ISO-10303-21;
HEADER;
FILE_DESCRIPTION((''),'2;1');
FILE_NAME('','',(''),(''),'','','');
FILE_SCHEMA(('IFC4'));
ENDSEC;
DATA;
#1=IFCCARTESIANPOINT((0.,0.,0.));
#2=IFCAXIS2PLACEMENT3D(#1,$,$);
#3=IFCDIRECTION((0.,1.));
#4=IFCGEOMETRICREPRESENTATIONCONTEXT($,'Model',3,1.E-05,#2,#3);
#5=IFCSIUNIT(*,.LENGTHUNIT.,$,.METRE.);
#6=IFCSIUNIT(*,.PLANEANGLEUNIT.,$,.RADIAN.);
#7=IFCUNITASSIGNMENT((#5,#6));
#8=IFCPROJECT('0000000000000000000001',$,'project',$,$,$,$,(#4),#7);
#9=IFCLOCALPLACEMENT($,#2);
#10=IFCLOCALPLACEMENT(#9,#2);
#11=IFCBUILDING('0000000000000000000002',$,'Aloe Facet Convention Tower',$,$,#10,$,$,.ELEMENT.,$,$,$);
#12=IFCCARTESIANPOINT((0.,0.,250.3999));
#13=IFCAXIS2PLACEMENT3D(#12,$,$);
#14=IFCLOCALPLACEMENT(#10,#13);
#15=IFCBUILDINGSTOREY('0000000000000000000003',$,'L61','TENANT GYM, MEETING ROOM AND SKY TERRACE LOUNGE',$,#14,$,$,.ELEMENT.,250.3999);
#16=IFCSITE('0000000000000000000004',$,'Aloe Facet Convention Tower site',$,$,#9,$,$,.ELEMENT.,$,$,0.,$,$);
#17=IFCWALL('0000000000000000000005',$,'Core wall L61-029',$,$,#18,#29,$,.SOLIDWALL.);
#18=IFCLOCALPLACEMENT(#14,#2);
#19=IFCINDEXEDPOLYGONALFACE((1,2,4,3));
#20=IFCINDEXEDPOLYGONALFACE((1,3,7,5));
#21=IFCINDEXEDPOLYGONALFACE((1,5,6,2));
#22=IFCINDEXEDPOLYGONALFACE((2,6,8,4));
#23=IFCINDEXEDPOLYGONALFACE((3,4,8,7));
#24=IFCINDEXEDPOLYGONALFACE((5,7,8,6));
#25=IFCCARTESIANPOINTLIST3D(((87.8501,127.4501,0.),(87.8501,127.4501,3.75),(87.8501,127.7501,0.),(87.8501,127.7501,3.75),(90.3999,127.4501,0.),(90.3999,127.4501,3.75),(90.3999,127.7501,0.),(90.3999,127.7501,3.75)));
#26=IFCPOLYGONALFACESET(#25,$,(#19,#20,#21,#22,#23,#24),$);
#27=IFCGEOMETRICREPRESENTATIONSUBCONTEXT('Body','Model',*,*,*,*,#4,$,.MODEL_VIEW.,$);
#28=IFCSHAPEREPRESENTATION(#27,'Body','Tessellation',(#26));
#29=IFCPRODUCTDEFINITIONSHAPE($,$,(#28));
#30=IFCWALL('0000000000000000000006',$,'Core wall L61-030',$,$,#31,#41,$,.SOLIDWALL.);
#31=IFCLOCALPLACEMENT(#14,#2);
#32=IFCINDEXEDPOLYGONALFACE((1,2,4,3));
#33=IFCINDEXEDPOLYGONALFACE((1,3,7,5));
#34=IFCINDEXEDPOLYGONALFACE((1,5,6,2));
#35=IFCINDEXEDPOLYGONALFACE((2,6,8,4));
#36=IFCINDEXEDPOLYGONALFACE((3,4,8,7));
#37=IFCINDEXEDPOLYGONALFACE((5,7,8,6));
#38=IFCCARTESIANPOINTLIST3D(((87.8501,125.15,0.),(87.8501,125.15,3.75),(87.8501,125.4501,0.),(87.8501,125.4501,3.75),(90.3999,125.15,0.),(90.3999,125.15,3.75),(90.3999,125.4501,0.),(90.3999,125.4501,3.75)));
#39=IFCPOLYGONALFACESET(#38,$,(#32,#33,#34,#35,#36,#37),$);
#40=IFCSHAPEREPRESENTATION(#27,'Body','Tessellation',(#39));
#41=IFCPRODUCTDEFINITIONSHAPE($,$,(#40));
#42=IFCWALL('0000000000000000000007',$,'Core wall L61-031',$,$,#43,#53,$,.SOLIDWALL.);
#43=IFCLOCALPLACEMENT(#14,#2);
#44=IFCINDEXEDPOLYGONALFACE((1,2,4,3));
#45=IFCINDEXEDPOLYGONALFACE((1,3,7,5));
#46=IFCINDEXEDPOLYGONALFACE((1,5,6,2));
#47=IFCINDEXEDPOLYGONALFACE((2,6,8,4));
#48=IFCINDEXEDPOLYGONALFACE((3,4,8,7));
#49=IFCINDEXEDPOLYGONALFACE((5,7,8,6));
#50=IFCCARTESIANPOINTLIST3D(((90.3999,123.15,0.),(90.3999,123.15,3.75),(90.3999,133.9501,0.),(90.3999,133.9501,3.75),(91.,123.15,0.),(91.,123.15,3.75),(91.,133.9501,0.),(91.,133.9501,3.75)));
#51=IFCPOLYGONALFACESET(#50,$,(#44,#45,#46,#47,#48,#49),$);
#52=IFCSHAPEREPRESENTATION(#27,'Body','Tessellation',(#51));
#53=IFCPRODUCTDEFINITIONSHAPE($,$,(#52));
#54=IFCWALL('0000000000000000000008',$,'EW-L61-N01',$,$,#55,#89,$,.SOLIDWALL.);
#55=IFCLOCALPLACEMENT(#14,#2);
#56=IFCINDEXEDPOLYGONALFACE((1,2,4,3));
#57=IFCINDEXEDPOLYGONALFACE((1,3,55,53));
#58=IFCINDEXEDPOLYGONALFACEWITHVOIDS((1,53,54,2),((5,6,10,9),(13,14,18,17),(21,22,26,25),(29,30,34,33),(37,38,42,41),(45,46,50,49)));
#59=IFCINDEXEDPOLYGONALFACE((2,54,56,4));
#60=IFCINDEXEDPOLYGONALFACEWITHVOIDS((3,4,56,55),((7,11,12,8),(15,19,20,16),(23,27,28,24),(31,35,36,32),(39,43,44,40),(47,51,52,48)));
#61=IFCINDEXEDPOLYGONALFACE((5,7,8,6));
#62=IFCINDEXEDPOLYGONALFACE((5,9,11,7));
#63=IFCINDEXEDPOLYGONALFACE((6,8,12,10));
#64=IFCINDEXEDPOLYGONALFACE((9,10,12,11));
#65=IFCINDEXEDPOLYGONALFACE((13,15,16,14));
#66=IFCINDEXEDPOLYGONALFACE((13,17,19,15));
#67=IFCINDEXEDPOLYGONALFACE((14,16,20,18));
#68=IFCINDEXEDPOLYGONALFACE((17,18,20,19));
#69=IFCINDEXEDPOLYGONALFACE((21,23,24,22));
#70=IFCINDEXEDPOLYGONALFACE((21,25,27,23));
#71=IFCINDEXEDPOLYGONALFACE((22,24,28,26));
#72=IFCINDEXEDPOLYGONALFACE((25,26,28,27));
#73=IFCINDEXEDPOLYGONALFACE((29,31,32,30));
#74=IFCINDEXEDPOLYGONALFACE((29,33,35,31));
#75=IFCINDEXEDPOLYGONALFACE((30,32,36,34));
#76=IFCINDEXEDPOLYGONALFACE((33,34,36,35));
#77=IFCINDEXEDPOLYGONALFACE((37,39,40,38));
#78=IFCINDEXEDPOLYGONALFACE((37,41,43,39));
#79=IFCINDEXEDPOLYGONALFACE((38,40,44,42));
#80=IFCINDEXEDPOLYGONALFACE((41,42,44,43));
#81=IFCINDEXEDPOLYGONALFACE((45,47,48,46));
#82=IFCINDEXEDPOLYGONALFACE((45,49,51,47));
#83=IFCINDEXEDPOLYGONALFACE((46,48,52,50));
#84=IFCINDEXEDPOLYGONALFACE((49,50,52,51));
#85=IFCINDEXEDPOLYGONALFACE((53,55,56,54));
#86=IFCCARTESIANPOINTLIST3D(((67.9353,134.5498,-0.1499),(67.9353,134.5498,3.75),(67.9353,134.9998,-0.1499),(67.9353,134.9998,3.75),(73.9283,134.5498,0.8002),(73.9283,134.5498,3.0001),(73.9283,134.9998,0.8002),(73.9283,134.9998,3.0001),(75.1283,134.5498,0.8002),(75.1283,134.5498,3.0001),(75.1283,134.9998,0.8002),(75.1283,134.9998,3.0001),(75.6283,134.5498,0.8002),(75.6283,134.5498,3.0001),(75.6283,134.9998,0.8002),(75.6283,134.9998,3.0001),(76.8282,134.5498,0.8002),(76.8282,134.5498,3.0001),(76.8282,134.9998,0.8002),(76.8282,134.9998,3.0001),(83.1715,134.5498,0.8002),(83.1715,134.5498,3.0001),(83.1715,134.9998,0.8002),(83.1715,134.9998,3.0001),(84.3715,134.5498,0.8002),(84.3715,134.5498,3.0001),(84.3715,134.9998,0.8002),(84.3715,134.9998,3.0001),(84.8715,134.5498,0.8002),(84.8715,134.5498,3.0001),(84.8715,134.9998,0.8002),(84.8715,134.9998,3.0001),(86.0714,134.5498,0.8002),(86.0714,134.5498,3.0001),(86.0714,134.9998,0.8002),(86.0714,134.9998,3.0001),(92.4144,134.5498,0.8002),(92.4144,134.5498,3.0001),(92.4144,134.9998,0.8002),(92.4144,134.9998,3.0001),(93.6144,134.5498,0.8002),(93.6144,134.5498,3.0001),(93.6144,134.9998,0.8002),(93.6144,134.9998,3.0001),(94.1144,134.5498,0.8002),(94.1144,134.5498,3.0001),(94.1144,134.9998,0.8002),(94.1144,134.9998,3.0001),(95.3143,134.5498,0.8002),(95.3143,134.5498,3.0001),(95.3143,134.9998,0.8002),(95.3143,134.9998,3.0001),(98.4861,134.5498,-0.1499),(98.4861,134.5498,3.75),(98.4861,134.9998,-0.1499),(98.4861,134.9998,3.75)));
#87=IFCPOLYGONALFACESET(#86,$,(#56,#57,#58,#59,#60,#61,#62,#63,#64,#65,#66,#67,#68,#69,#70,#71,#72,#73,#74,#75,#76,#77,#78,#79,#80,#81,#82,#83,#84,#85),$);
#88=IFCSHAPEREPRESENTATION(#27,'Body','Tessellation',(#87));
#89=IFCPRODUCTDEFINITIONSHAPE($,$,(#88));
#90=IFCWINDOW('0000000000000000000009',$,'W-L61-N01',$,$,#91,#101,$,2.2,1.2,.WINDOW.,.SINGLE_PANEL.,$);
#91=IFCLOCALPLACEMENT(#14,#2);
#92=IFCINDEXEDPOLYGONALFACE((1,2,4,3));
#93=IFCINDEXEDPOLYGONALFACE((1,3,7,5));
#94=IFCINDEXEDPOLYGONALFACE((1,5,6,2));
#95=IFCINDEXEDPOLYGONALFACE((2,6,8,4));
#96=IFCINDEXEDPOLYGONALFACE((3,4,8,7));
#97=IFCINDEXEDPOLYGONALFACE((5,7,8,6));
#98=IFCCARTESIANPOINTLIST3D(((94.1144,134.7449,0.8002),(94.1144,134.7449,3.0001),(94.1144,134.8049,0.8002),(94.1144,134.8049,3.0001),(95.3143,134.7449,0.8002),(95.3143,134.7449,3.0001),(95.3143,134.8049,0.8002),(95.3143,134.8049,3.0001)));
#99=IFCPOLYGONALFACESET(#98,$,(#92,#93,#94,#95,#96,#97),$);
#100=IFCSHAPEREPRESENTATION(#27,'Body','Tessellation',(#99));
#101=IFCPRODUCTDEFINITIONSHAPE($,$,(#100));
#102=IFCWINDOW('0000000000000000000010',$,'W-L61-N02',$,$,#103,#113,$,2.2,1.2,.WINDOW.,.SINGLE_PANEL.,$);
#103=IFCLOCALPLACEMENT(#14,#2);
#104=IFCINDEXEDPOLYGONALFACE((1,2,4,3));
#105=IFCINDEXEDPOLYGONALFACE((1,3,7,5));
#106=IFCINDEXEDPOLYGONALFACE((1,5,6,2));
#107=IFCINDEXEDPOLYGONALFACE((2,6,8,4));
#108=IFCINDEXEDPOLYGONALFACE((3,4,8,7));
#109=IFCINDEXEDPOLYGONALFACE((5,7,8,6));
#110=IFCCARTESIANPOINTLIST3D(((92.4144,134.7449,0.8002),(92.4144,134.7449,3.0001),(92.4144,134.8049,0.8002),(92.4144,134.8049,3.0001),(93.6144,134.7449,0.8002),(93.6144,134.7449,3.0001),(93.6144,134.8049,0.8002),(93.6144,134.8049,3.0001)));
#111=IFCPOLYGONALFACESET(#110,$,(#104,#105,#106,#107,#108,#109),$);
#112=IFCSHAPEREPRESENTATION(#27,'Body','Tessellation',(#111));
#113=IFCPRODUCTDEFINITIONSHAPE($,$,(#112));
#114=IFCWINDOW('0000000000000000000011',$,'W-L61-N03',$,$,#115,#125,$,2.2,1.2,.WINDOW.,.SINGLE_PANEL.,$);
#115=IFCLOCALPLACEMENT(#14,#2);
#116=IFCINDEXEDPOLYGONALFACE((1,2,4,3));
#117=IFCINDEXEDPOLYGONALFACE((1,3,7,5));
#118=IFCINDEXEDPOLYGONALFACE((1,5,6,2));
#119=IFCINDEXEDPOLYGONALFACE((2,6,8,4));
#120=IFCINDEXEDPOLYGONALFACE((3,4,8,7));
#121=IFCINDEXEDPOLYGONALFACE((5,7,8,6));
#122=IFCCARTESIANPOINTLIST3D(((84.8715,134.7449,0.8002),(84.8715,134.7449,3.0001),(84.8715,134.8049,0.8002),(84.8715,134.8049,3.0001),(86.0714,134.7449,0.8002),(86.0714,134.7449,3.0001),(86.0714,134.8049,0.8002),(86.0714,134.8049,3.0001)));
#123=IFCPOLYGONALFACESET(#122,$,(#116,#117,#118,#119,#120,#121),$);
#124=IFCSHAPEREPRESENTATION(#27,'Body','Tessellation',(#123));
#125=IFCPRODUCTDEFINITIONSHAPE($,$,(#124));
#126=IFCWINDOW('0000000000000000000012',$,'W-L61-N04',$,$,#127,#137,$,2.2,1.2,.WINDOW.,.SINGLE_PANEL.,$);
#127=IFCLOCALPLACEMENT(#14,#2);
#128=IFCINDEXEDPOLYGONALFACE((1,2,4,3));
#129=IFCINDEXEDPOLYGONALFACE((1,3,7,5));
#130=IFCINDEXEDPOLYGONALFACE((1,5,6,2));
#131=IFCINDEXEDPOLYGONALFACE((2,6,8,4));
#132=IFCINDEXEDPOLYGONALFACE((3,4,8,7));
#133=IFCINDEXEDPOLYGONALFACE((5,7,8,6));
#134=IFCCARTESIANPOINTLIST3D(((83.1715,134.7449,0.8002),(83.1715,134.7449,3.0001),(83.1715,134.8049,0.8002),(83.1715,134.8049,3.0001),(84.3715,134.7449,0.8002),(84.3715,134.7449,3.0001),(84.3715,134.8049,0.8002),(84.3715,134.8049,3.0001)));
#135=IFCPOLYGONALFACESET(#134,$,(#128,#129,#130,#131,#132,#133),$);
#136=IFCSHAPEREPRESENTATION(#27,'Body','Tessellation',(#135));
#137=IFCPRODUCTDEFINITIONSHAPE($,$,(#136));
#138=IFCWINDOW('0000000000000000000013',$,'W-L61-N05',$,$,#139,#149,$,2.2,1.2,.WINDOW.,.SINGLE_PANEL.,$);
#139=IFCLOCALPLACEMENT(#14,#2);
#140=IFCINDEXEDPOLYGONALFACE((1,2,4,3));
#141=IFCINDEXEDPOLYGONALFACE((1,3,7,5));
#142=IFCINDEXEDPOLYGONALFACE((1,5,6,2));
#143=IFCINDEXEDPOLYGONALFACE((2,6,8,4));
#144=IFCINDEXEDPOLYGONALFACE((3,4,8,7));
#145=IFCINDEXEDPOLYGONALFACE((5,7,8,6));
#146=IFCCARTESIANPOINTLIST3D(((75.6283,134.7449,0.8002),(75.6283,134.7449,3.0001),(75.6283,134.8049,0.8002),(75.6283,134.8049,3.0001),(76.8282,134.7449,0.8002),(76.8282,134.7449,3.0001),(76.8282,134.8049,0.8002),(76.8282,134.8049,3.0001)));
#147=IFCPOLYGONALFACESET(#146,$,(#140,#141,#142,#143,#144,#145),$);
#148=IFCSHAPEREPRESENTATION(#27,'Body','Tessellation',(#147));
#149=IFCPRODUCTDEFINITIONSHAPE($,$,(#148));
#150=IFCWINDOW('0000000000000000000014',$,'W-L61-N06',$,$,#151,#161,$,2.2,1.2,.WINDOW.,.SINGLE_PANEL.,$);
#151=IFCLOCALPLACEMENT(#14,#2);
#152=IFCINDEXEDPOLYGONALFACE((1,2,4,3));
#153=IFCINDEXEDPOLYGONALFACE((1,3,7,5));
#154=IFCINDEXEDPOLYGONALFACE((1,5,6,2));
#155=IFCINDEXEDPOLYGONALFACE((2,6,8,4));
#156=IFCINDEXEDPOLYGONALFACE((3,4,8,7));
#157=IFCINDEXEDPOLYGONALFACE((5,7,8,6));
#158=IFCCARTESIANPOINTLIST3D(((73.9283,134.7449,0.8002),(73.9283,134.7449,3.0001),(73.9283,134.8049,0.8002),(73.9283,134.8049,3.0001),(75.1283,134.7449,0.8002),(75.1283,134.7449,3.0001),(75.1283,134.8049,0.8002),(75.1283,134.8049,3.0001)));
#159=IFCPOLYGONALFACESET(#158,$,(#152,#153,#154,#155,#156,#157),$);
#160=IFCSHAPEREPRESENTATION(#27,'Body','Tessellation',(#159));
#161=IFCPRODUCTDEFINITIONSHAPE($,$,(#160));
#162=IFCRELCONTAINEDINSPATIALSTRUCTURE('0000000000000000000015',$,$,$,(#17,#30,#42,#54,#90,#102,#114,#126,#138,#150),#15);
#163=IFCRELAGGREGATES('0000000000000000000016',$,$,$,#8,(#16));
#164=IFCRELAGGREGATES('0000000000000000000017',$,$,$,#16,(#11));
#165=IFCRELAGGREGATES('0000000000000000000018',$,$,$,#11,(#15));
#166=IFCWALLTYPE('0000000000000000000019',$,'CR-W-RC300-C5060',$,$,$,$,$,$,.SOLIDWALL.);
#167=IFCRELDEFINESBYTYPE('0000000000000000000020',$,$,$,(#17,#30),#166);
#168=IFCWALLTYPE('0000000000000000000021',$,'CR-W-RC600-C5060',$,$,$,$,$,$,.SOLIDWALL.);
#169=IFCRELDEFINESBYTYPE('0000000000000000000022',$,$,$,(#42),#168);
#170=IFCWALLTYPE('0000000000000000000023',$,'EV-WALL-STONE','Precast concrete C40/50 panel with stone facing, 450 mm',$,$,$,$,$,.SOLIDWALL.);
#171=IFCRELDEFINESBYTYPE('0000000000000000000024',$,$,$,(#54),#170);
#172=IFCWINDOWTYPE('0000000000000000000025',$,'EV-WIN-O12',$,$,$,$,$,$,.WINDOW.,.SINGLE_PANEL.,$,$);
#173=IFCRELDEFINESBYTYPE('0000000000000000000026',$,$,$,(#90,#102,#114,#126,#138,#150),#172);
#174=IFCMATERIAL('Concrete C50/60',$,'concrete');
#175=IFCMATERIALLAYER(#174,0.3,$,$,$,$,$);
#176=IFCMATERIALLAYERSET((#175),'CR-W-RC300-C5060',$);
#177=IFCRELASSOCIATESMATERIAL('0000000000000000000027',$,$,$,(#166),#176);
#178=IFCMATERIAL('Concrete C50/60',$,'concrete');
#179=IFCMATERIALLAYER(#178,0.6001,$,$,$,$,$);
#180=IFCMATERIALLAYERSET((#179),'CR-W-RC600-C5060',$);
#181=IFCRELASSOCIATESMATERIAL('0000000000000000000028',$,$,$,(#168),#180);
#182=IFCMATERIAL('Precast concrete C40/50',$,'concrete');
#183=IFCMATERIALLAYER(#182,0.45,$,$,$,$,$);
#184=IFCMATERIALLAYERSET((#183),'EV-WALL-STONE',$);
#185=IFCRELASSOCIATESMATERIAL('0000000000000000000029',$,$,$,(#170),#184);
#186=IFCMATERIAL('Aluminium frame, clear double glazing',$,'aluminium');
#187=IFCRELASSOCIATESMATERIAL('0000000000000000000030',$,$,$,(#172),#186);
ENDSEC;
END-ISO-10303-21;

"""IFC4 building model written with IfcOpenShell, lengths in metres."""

from ifc_helpers import new_model, si_unit, direction, frame, frame_2d, origin, place, context, subcontext, project, spatial, polyline, rectangle, outline, extrude, material, layer, layer_set, type_object, element, fill, save


model = new_model("IFC4")

# Units and contexts
model_context = context("Model", 3, precision=1e-05, world=origin(), true_north=direction((0.0, 1.0)))
body_context = subcontext(model_context, "Body", "Model", "MODEL_VIEW")
ifc_project = project(units=[si_unit("LENGTHUNIT", "METRE"), si_unit("PLANEANGLEUNIT", "RADIAN")], contexts=[model_context])

# Site, building, storey
site_placement = place(None, origin())
site = spatial("IfcSite", under=ifc_project, at=site_placement, Name="Aloe Facet Convention Tower site", CompositionType="ELEMENT", RefElevation=0.0)
building_placement = place(site_placement, origin())
building = spatial("IfcBuilding", under=site, at=building_placement, Name="Aloe Facet Convention Tower", CompositionType="ELEMENT")
storey_placement = place(building_placement, frame((0.0, 0.0, 250.3999)))
storey = spatial("IfcBuildingStorey", under=building, at=storey_placement, Name="L61", Description="TENANT GYM, MEETING ROOM AND SKY TERRACE LOUNGE", CompositionType="ELEMENT", Elevation=250.3999)

# Walls
ifc_material_1 = material(Name="Concrete C50/60", Category="concrete")
ifc_layer_1 = layer(ifc_material_1, 0.3)
ifc_layer_set_1 = layer_set([ifc_layer_1], Name="CR-W-RC300-C5060")
wall_type_1 = type_object("IfcWallType", Name="CR-W-RC300-C5060", PredefinedType="SOLIDWALL", material=ifc_layer_set_1)
for number, where, z_axis, x_axis, name in (
    (1, (87.8501, 127.6001, 0.0), (0.0, 0.0, 1.0), (1.0, 0.0, 0.0), "Core wall L61-029"),
    (2, (87.8501, 125.3, 0.0), (0.0, 0.0, 1.0), (1.0, 0.0, 0.0), "Core wall L61-030"),
):
    element("IfcWall", number, at=place(storey_placement, frame(where, z_axis=z_axis, x_axis=x_axis)), inside=storey, type_object=wall_type_1, Name=name, PredefinedType="SOLIDWALL", context=body_context, shape_type="SweptSolid", body=[
        extrude(rectangle(XDim=2.5498, YDim=0.3, at=frame_2d((1.2749, 0.0))), origin(), (0.0, 0.0, 1.0), 3.75),
    ])
ifc_material_2 = material(Name="Concrete C50/60", Category="concrete")
ifc_layer_2 = layer(ifc_material_2, 0.6001)
ifc_layer_set_2 = layer_set([ifc_layer_2], Name="CR-W-RC600-C5060")
wall_type_2 = type_object("IfcWallType", Name="CR-W-RC600-C5060", PredefinedType="SOLIDWALL", material=ifc_layer_set_2)
wall_1_placement = place(storey_placement, frame((90.7, 133.95, 0.0), z_axis=(0.0, 0.0, 1.0), x_axis=(0.0, -1.0, 0.0)))
element("IfcWall", 3, at=wall_1_placement, inside=storey, type_object=wall_type_2, Name="Core wall L61-031", PredefinedType="SOLIDWALL", context=body_context, shape_type="SweptSolid", body=[
    extrude(rectangle(XDim=10.8, YDim=0.6001, at=frame_2d((5.3999, 0.0))), origin(), (0.0, 0.0, 1.0), 3.75),
])

# Wall, openings, windows
ifc_material_3 = material(Name="Precast concrete C40/50", Category="concrete")
ifc_layer_3 = layer(ifc_material_3, 0.45)
ifc_layer_set_3 = layer_set([ifc_layer_3], Name="EV-WALL-STONE")
wall_type_3 = type_object("IfcWallType", Name="EV-WALL-STONE", Description="Precast concrete C40/50 panel with stone facing, 450 mm", PredefinedType="SOLIDWALL", material=ifc_layer_set_3)
wall_2_placement = place(storey_placement, frame((98.4861, 134.7749, -0.1499), z_axis=(0.0, 0.0, 1.0), x_axis=(-1.0, 0.0, 0.0)))
wall_2 = element("IfcWall", 4, at=wall_2_placement, inside=storey, type_object=wall_type_3, Name="EW-L61-N01", PredefinedType="SOLIDWALL", context=body_context, shape_type="SweptSolid", body=[
    extrude(outline(polyline([(0.0, 0.0), (0.0, 3.8999), (30.5508, 3.8999), (30.5508, 0.0), (0.0, 0.0)])), frame((0.0, 0.2251, 0.0), z_axis=(0.0, -1.0, 0.0), x_axis=(1.0, 0.0, 0.0)), (0.0, 0.0, 1.0), 0.45),
])
opening_1_placement = place(wall_2_placement, frame((3.1716, 0.0, 0.95)))
opening_1 = element("IfcOpeningElement", 5, at=opening_1_placement, cuts=wall_2, PredefinedType="OPENING", context=body_context, shape_type="SweptSolid", body=[
    extrude(rectangle(XDim=1.2, YDim=2.2, at=frame_2d((0.6001, 1.1001))), frame((0.0, 0.2349, 0.0), z_axis=(0.0, -1.0, 0.0), x_axis=(1.0, 0.0, 0.0)), (0.0, 0.0, 1.0), 0.47),
])
opening_2_placement = place(wall_2_placement, frame((4.8716, 0.0, 0.95)))
opening_2 = element("IfcOpeningElement", 6, at=opening_2_placement, cuts=wall_2, PredefinedType="OPENING", context=body_context, shape_type="SweptSolid", body=[
    extrude(rectangle(XDim=1.2, YDim=2.2, at=frame_2d((0.6001, 1.1001))), frame((0.0, 0.2349, 0.0), z_axis=(0.0, -1.0, 0.0), x_axis=(1.0, 0.0, 0.0)), (0.0, 0.0, 1.0), 0.47),
])
opening_3_placement = place(wall_2_placement, frame((12.4146, 0.0, 0.95)))
opening_3 = element("IfcOpeningElement", 7, at=opening_3_placement, cuts=wall_2, PredefinedType="OPENING", context=body_context, shape_type="SweptSolid", body=[
    extrude(rectangle(XDim=1.2, YDim=2.2, at=frame_2d((0.6001, 1.1001))), frame((0.0, 0.2349, 0.0), z_axis=(0.0, -1.0, 0.0), x_axis=(1.0, 0.0, 0.0)), (0.0, 0.0, 1.0), 0.47),
])
opening_4_placement = place(wall_2_placement, frame((14.1145, 0.0, 0.95)))
opening_4 = element("IfcOpeningElement", 8, at=opening_4_placement, cuts=wall_2, PredefinedType="OPENING", context=body_context, shape_type="SweptSolid", body=[
    extrude(rectangle(XDim=1.2, YDim=2.2, at=frame_2d((0.6001, 1.1001))), frame((0.0, 0.2349, 0.0), z_axis=(0.0, -1.0, 0.0), x_axis=(1.0, 0.0, 0.0)), (0.0, 0.0, 1.0), 0.47),
])
opening_5_placement = place(wall_2_placement, frame((21.6577, 0.0, 0.95)))
opening_5 = element("IfcOpeningElement", 9, at=opening_5_placement, cuts=wall_2, PredefinedType="OPENING", context=body_context, shape_type="SweptSolid", body=[
    extrude(rectangle(XDim=1.2, YDim=2.2, at=frame_2d((0.6001, 1.1001))), frame((0.0, 0.2349, 0.0), z_axis=(0.0, -1.0, 0.0), x_axis=(1.0, 0.0, 0.0)), (0.0, 0.0, 1.0), 0.47),
])
opening_6_placement = place(wall_2_placement, frame((23.3577, 0.0, 0.95)))
opening_6 = element("IfcOpeningElement", 10, at=opening_6_placement, cuts=wall_2, PredefinedType="OPENING", context=body_context, shape_type="SweptSolid", body=[
    extrude(rectangle(XDim=1.2, YDim=2.2, at=frame_2d((0.6001, 1.1001))), frame((0.0, 0.2349, 0.0), z_axis=(0.0, -1.0, 0.0), x_axis=(1.0, 0.0, 0.0)), (0.0, 0.0, 1.0), 0.47),
])
ifc_material_4 = material(Name="Aluminium frame, clear double glazing", Category="aluminium")
window_type = type_object("IfcWindowType", Name="EV-WIN-O12", PartitioningType="SINGLE_PANEL", PredefinedType="WINDOW", material=ifc_material_4)
window_1_placement = place(opening_1_placement, origin())
window_1 = element("IfcWindow", 11, at=window_1_placement, inside=storey, type_object=window_type, Name="W-L61-N01", OverallHeight=2.2, OverallWidth=1.2, PartitioningType="SINGLE_PANEL", PredefinedType="WINDOW", context=body_context, shape_type="SweptSolid", body=[
    extrude(rectangle(XDim=1.2, YDim=2.2, at=frame_2d((0.6001, 1.1001))), frame((0.0, 0.03, 0.0), z_axis=(0.0, -1.0, 0.0), x_axis=(1.0, 0.0, 0.0)), (0.0, 0.0, 1.0), 0.0601),
])
fill(opening_1, window_1)
window_2_placement = place(opening_2_placement, origin())
window_2 = element("IfcWindow", 12, at=window_2_placement, inside=storey, type_object=window_type, Name="W-L61-N02", OverallHeight=2.2, OverallWidth=1.2, PartitioningType="SINGLE_PANEL", PredefinedType="WINDOW", context=body_context, shape_type="SweptSolid", body=[
    extrude(rectangle(XDim=1.2, YDim=2.2, at=frame_2d((0.6001, 1.1001))), frame((0.0, 0.03, 0.0), z_axis=(0.0, -1.0, 0.0), x_axis=(1.0, 0.0, 0.0)), (0.0, 0.0, 1.0), 0.0601),
])
fill(opening_2, window_2)
window_3_placement = place(opening_3_placement, origin())
window_3 = element("IfcWindow", 13, at=window_3_placement, inside=storey, type_object=window_type, Name="W-L61-N03", OverallHeight=2.2, OverallWidth=1.2, PartitioningType="SINGLE_PANEL", PredefinedType="WINDOW", context=body_context, shape_type="SweptSolid", body=[
    extrude(rectangle(XDim=1.2, YDim=2.2, at=frame_2d((0.6001, 1.1001))), frame((0.0, 0.03, 0.0), z_axis=(0.0, -1.0, 0.0), x_axis=(1.0, 0.0, 0.0)), (0.0, 0.0, 1.0), 0.0601),
])
fill(opening_3, window_3)
window_4_placement = place(opening_4_placement, origin())
window_4 = element("IfcWindow", 14, at=window_4_placement, inside=storey, type_object=window_type, Name="W-L61-N04", OverallHeight=2.2, OverallWidth=1.2, PartitioningType="SINGLE_PANEL", PredefinedType="WINDOW", context=body_context, shape_type="SweptSolid", body=[
    extrude(rectangle(XDim=1.2, YDim=2.2, at=frame_2d((0.6001, 1.1001))), frame((0.0, 0.03, 0.0), z_axis=(0.0, -1.0, 0.0), x_axis=(1.0, 0.0, 0.0)), (0.0, 0.0, 1.0), 0.0601),
])
fill(opening_4, window_4)
window_5_placement = place(opening_5_placement, origin())
window_5 = element("IfcWindow", 15, at=window_5_placement, inside=storey, type_object=window_type, Name="W-L61-N05", OverallHeight=2.2, OverallWidth=1.2, PartitioningType="SINGLE_PANEL", PredefinedType="WINDOW", context=body_context, shape_type="SweptSolid", body=[
    extrude(rectangle(XDim=1.2, YDim=2.2, at=frame_2d((0.6001, 1.1001))), frame((0.0, 0.03, 0.0), z_axis=(0.0, -1.0, 0.0), x_axis=(1.0, 0.0, 0.0)), (0.0, 0.0, 1.0), 0.0601),
])
fill(opening_5, window_5)
window_6_placement = place(opening_6_placement, origin())
window_6 = element("IfcWindow", 16, at=window_6_placement, inside=storey, type_object=window_type, Name="W-L61-N06", OverallHeight=2.2, OverallWidth=1.2, PartitioningType="SINGLE_PANEL", PredefinedType="WINDOW", context=body_context, shape_type="SweptSolid", body=[
    extrude(rectangle(XDim=1.2, YDim=2.2, at=frame_2d((0.6001, 1.1001))), frame((0.0, 0.03, 0.0), z_axis=(0.0, -1.0, 0.0), x_axis=(1.0, 0.0, 0.0)), (0.0, 0.0, 1.0), 0.0601),
])
fill(opening_6, window_6)

save(model, "model.ifc")
